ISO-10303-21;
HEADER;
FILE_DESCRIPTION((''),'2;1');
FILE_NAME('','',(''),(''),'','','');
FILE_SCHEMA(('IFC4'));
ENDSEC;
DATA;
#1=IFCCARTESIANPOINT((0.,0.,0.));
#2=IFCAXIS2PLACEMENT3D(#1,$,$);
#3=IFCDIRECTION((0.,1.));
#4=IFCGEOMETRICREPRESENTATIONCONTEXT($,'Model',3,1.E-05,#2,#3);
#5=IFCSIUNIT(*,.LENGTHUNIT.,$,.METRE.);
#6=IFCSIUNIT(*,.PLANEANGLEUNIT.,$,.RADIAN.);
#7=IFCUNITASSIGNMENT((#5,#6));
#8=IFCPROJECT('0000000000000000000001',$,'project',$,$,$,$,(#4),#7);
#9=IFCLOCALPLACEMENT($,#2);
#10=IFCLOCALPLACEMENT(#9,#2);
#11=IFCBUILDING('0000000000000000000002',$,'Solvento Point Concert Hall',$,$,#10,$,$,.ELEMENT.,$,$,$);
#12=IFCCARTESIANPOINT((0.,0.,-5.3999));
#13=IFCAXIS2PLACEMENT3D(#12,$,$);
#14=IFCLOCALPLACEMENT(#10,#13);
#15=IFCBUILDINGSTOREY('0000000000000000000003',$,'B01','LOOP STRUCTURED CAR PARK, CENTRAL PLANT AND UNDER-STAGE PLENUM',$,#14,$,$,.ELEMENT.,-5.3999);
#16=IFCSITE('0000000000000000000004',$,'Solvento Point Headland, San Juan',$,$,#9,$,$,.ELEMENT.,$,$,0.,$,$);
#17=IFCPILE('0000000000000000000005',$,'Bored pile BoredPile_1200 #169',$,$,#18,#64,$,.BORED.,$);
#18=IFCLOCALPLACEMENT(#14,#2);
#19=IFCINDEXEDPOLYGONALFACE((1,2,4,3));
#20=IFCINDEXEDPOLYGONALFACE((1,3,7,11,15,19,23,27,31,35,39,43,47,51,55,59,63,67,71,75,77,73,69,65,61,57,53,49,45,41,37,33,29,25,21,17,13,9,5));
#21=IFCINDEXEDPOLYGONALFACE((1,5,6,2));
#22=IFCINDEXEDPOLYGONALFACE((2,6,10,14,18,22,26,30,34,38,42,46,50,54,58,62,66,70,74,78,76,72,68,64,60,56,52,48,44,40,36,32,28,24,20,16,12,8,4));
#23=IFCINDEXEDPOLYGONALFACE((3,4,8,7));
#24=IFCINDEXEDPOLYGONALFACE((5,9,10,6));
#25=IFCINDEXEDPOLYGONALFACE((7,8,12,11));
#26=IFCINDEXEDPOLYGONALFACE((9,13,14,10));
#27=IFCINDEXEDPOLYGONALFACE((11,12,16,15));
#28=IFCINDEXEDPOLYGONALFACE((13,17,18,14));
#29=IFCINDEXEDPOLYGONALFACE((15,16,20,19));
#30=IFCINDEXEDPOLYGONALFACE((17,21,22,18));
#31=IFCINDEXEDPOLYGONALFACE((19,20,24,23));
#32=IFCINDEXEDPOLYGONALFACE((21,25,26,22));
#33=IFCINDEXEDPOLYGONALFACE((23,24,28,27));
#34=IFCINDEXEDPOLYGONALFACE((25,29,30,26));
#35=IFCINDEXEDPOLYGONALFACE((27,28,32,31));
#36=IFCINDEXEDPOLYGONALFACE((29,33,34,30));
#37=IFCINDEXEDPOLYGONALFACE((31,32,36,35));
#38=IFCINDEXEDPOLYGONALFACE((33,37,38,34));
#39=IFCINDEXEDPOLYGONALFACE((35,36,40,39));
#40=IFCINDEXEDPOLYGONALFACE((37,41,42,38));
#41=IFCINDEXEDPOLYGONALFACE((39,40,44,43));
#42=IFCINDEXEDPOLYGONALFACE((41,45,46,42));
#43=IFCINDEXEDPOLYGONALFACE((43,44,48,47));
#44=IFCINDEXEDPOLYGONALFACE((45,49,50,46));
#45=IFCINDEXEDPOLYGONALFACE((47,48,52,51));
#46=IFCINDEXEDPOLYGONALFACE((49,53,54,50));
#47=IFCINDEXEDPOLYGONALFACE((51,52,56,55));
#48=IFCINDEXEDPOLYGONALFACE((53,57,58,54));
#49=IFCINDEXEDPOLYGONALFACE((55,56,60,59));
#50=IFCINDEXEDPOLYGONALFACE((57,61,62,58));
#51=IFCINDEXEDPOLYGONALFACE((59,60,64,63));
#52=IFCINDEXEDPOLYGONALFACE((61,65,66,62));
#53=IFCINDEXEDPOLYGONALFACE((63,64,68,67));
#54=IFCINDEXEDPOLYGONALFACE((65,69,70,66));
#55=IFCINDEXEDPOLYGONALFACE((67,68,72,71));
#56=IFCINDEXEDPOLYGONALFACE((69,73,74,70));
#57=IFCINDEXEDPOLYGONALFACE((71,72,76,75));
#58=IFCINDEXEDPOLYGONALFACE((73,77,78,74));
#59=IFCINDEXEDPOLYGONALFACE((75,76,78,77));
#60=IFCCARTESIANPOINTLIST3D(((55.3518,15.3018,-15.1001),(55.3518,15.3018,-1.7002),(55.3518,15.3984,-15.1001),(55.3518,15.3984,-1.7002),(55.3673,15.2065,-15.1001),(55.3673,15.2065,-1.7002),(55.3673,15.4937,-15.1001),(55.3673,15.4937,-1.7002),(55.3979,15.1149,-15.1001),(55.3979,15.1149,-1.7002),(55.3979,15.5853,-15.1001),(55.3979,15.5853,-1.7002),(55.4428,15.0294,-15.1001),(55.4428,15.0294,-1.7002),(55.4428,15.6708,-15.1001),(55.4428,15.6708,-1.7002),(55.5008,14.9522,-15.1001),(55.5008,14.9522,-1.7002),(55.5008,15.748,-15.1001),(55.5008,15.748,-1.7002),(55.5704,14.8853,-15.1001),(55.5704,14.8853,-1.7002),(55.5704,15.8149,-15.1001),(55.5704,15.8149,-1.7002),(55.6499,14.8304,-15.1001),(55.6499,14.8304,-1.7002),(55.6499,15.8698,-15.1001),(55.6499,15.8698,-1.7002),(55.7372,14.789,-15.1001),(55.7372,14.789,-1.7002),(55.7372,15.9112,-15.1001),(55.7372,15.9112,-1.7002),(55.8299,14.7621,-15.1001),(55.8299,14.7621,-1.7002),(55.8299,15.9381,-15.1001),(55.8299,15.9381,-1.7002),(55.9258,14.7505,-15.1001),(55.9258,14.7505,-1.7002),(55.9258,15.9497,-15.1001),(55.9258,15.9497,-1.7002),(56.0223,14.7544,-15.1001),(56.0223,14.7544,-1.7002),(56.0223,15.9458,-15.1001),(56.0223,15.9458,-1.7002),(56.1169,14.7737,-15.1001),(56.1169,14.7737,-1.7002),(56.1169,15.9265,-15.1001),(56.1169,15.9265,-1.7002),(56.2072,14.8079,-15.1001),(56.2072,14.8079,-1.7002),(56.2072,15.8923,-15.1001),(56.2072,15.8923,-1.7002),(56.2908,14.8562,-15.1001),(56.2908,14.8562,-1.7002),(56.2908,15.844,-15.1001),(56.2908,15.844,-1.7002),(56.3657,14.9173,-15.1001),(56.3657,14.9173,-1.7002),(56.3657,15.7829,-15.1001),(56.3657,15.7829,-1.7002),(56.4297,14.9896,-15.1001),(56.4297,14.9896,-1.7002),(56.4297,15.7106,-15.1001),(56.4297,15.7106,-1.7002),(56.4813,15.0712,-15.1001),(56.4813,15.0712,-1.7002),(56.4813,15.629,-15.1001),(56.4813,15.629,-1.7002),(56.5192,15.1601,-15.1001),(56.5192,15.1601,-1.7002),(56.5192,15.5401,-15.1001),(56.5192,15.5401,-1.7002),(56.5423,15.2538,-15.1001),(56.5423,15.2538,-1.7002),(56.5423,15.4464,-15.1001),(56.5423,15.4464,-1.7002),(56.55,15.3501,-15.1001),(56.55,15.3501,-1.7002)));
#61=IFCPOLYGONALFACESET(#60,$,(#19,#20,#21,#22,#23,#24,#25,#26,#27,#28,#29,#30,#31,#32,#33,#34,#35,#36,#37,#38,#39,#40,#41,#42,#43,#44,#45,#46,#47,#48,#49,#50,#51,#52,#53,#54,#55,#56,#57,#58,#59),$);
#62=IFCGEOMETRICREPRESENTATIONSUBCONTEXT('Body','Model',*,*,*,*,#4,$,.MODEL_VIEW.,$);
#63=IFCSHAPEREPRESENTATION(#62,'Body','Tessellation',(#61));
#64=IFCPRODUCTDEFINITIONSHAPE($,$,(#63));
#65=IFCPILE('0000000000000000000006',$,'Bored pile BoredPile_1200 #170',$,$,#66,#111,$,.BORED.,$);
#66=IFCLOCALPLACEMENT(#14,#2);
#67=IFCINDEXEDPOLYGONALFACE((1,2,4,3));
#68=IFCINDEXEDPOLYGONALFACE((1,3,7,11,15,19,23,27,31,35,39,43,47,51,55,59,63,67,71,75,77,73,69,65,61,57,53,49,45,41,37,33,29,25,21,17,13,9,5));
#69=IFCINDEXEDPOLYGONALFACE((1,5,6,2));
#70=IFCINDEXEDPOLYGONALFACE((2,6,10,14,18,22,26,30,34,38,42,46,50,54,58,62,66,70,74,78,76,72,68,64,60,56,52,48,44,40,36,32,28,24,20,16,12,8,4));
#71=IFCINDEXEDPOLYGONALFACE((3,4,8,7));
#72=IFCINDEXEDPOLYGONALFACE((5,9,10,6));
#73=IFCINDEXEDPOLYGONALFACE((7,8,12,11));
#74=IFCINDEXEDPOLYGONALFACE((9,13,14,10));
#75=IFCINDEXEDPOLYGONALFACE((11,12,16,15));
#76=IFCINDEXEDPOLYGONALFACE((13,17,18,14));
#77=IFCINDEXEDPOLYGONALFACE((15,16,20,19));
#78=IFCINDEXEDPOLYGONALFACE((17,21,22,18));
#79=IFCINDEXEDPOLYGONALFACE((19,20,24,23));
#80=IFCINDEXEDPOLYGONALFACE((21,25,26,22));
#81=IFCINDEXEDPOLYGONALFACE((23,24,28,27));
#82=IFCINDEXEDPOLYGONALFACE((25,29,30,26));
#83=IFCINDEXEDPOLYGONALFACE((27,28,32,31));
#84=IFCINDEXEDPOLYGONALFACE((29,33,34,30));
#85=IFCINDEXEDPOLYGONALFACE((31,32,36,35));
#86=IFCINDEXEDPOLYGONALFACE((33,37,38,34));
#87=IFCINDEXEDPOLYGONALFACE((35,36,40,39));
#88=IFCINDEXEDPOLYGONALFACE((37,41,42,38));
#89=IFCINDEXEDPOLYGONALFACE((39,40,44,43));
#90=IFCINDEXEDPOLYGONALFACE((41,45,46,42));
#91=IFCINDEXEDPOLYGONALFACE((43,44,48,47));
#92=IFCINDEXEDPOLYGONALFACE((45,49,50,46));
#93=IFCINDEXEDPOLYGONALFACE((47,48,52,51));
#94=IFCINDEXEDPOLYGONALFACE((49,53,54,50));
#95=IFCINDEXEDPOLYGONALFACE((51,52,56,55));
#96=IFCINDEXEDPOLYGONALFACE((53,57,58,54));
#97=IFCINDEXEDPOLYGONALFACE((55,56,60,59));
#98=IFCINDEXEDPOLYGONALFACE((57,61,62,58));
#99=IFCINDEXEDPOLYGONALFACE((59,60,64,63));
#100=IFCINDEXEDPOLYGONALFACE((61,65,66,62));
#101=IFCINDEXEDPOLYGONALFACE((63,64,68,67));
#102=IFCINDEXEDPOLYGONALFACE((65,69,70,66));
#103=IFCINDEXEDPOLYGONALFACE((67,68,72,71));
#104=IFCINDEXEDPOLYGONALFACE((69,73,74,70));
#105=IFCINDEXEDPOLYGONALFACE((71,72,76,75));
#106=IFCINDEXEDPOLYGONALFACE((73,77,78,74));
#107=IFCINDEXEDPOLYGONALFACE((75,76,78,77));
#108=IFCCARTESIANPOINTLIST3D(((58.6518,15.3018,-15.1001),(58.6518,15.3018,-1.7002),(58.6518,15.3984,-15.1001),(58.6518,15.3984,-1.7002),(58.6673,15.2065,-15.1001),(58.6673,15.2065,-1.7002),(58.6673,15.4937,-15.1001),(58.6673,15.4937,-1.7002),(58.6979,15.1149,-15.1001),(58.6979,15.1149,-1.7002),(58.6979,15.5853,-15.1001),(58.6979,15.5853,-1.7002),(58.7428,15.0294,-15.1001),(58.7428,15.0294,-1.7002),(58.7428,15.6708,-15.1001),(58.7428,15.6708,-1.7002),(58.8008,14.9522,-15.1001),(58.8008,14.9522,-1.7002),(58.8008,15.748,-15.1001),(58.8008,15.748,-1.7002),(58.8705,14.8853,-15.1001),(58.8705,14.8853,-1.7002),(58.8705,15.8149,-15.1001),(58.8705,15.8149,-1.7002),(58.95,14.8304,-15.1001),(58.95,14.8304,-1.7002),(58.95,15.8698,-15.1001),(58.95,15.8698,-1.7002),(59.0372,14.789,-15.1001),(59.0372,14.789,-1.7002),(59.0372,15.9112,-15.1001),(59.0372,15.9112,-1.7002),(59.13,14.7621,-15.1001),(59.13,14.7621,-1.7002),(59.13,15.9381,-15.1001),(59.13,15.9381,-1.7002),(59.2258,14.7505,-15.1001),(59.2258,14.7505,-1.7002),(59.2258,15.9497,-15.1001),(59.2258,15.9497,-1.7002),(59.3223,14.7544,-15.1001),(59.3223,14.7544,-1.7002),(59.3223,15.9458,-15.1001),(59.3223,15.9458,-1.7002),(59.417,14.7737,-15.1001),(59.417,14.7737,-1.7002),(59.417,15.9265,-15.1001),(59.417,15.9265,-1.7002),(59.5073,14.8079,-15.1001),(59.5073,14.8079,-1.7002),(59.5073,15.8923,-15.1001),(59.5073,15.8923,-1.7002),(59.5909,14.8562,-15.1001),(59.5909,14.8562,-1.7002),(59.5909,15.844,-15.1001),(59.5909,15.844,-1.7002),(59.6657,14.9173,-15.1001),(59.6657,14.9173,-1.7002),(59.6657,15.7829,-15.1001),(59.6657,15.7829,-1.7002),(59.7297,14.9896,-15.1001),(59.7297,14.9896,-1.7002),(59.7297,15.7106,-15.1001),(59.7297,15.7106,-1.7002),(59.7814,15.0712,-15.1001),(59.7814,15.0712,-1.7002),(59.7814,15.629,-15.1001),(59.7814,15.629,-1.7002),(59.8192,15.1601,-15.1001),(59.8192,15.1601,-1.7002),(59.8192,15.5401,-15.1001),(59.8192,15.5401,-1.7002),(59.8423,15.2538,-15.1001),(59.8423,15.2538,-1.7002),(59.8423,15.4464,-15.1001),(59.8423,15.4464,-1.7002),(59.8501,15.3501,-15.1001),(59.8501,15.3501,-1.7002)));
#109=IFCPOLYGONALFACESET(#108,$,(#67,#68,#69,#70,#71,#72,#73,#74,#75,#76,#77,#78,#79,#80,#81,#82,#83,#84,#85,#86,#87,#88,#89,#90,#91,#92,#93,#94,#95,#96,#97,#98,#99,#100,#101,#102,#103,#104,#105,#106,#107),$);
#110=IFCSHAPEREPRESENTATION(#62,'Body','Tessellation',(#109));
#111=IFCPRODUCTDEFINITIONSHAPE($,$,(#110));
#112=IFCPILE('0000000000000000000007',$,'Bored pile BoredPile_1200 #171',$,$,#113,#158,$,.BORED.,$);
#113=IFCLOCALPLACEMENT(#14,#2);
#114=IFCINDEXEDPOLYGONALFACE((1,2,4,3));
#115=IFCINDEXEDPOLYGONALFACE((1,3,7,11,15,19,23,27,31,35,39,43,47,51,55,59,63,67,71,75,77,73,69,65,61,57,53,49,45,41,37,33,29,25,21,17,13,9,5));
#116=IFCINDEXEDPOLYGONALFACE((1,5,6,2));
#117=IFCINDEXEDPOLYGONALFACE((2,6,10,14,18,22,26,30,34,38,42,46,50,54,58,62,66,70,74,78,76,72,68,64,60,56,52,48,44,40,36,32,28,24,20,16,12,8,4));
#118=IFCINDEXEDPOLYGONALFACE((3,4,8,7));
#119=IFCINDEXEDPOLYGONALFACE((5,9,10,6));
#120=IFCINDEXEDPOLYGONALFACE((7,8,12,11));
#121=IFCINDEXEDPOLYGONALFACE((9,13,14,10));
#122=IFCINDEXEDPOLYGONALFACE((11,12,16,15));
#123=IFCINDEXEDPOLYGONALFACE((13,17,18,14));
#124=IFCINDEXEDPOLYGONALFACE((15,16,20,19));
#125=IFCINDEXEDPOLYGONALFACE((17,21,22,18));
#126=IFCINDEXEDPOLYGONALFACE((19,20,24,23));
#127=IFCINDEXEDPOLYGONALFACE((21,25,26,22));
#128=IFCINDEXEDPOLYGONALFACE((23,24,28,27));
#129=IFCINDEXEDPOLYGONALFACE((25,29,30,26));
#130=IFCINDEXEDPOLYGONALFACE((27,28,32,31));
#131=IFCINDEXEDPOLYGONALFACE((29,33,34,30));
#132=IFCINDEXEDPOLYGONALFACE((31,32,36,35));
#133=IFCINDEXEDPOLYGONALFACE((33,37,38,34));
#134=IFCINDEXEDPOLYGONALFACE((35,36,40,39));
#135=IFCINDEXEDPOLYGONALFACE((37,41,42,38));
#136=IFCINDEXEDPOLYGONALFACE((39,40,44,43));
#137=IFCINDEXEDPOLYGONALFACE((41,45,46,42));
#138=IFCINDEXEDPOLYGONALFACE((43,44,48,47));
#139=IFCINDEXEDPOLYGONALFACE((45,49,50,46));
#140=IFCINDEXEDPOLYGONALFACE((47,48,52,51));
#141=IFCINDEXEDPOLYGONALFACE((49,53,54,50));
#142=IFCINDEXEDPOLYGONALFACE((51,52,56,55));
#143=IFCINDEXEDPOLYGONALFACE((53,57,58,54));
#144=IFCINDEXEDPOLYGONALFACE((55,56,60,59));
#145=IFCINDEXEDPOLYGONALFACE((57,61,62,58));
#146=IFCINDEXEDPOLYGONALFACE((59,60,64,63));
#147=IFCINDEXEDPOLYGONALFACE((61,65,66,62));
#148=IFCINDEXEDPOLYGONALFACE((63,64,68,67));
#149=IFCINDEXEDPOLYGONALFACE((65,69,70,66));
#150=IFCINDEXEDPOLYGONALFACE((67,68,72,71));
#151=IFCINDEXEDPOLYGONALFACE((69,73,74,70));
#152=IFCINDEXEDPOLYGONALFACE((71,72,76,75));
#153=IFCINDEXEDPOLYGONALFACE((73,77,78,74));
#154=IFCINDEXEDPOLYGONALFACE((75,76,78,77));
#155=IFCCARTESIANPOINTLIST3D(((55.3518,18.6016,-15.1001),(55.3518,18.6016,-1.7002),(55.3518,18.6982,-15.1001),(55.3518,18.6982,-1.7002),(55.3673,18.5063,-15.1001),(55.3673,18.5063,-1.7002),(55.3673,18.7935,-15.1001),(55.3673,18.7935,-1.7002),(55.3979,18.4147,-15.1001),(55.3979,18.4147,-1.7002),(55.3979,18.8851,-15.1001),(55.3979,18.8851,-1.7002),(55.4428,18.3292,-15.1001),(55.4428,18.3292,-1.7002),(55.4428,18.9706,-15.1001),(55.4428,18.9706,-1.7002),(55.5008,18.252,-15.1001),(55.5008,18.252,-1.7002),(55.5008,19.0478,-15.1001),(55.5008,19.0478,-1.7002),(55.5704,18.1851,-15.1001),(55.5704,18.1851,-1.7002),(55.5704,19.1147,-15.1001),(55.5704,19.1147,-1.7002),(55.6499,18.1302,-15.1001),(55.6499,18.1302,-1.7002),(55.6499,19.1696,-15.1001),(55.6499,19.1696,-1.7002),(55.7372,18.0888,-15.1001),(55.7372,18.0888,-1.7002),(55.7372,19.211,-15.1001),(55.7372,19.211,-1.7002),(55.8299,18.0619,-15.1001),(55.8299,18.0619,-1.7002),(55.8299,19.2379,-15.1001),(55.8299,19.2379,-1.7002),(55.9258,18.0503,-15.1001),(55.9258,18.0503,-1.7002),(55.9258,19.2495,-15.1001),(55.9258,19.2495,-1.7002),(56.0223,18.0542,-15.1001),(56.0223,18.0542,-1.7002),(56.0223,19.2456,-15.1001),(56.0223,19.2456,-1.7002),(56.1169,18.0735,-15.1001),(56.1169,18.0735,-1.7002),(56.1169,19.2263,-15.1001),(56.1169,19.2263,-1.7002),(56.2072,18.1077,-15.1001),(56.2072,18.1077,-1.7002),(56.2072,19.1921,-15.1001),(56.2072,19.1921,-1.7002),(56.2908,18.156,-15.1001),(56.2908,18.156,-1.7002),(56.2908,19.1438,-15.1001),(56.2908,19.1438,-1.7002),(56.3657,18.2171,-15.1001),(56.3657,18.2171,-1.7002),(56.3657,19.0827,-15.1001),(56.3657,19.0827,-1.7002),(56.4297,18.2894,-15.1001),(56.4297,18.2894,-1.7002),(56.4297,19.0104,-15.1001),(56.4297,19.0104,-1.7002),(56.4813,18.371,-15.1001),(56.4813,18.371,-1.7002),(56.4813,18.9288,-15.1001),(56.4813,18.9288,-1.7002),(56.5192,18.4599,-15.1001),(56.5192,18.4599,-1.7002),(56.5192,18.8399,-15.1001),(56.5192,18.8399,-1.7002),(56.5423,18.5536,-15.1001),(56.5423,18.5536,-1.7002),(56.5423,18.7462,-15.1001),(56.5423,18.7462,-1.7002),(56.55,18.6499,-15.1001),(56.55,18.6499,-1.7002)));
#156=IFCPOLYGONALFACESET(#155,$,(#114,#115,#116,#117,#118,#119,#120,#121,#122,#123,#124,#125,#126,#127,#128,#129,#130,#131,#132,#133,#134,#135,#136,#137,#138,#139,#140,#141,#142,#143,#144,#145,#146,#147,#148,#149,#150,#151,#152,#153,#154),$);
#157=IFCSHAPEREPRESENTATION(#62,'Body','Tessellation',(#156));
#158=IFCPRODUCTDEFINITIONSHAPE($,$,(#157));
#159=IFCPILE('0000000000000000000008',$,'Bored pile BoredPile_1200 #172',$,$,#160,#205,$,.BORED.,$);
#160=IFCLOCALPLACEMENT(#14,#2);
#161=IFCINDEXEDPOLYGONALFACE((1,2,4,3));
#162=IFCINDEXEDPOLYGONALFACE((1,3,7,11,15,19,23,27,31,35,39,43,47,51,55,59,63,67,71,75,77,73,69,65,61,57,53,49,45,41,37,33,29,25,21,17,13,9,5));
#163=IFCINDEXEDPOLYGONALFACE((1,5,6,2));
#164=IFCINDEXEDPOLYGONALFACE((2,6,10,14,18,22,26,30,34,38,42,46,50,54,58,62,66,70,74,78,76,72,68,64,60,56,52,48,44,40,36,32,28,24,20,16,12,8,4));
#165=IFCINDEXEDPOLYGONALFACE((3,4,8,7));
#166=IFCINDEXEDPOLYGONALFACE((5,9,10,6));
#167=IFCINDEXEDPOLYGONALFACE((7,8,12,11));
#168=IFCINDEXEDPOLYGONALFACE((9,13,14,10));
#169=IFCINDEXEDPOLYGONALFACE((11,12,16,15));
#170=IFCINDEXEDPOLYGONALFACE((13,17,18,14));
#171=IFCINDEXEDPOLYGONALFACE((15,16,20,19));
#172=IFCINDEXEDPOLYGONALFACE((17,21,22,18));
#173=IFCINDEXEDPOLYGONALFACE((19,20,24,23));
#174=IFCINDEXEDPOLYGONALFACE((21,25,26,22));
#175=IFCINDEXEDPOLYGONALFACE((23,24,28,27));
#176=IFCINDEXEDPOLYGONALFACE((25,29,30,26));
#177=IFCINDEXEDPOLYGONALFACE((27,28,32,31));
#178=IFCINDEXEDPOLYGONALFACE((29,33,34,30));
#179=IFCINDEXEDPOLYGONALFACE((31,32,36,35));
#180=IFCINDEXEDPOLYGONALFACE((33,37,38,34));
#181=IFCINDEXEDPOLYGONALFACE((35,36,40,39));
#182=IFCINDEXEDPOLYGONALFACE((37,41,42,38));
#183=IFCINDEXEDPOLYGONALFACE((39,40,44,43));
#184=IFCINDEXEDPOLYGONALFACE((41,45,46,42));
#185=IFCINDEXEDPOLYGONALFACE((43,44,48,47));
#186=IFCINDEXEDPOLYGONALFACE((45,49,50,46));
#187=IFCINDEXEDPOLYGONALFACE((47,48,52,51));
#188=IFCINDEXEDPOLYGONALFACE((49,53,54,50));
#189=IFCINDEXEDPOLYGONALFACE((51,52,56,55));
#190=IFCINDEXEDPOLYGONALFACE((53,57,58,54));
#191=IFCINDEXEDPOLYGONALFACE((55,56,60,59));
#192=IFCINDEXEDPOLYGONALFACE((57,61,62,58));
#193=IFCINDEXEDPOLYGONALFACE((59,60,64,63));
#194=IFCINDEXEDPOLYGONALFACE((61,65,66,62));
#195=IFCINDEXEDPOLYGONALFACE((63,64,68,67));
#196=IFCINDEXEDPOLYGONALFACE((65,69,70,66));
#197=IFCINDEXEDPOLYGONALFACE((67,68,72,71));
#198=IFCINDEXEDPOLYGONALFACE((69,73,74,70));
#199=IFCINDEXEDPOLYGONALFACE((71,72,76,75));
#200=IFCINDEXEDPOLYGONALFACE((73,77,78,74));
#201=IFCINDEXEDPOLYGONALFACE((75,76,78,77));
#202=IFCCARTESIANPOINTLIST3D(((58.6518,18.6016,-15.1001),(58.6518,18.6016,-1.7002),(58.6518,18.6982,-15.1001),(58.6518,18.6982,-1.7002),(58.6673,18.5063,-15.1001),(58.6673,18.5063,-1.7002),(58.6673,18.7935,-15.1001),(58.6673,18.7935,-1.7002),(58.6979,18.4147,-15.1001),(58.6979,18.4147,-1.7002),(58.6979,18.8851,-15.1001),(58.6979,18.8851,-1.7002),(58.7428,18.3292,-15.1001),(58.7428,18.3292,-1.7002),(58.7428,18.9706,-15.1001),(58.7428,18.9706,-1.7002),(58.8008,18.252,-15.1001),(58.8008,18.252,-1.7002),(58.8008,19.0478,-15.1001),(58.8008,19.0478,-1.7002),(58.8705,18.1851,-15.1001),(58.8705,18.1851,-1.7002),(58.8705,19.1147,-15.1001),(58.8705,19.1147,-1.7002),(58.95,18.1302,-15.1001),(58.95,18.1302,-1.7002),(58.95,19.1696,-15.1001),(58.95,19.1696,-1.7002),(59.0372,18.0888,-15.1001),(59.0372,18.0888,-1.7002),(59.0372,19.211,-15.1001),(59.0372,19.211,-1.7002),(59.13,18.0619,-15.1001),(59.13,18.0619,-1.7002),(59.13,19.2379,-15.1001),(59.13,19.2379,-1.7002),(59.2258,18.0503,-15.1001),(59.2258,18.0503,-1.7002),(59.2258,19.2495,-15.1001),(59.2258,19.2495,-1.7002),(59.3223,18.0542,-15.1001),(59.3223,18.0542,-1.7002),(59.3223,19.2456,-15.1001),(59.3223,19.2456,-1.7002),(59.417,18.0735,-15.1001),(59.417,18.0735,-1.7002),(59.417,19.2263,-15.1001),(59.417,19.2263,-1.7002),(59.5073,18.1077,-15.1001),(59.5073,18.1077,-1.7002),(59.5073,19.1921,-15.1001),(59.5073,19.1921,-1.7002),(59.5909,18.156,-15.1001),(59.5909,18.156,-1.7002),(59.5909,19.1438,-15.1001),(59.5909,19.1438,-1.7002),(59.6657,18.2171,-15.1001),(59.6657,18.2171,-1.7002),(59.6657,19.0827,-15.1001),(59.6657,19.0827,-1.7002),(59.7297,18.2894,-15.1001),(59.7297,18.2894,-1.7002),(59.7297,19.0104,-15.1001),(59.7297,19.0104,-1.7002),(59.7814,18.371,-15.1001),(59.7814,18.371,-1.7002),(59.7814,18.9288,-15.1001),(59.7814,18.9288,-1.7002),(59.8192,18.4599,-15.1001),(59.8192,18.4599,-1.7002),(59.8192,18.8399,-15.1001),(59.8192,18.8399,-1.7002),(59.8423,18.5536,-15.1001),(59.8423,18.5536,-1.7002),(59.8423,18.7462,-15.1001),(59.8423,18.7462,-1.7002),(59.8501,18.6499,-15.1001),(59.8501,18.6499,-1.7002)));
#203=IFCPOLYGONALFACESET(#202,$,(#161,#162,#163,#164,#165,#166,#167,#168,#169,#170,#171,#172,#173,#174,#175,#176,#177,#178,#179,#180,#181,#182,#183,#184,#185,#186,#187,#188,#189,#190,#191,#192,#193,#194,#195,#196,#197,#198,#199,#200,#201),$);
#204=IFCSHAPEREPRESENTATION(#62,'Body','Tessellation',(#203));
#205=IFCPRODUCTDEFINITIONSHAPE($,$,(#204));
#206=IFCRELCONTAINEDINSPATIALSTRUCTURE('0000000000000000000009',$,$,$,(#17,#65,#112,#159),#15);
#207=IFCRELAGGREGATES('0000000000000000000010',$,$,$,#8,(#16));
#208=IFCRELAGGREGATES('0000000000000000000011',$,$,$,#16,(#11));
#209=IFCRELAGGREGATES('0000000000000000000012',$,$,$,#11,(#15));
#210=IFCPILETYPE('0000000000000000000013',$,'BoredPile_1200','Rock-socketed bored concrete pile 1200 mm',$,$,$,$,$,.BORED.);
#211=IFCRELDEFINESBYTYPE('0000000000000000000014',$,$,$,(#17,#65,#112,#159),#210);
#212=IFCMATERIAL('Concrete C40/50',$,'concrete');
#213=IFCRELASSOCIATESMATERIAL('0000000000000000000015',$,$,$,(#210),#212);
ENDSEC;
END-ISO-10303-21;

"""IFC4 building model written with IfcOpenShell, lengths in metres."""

from ifc_helpers import new_model, si_unit, direction, frame, origin, origin_2d, place, context, subcontext, project, spatial, circle, extrude, material, material_profile, profile_set, type_object, element, save


model = new_model("IFC4")

# Units and contexts
model_context = context("Model", 3, precision=1e-05, world=origin(), true_north=direction((0.0, 1.0)))
body_context = subcontext(model_context, "Body", "Model", "MODEL_VIEW")
ifc_project = project(units=[si_unit("LENGTHUNIT", "METRE"), si_unit("PLANEANGLEUNIT", "RADIAN")], contexts=[model_context])

# Site, building, storey
site_placement = place(None, origin())
site = spatial("IfcSite", under=ifc_project, at=site_placement, Name="Solvento Point Headland, San Juan", CompositionType="ELEMENT", RefElevation=0.0)
building_placement = place(site_placement, origin())
building = spatial("IfcBuilding", under=site, at=building_placement, Name="Solvento Point Concert Hall", CompositionType="ELEMENT")
storey_placement = place(building_placement, frame((0.0, 0.0, -5.3999)))
storey = spatial("IfcBuildingStorey", under=building, at=storey_placement, Name="B01", Description="LOOP STRUCTURED CAR PARK, CENTRAL PLANT AND UNDER-STAGE PLENUM", CompositionType="ELEMENT", Elevation=-5.3999)

# Piles
ifc_material_1 = material(Name="Concrete C40/50", Category="concrete")
ifc_material_profile_1 = material_profile(ifc_material_1, circle(Radius=0.6001, at=origin_2d()), Name="BP-1200")
ifc_profile_set_1 = profile_set([ifc_material_profile_1], Name="Concrete C40/50")
pile_type_1 = type_object("IfcPileType", Name="BoredPile_1200", Description="Rock-socketed bored concrete pile 1200 mm", PredefinedType="BORED", material=ifc_profile_set_1)
for number, where, z_axis, x_axis, name in (
    (1, (55.95, 15.3501, -1.7002), (0.0, 0.0, -1.0), (1.0, 0.0, 0.0), "Bored pile BoredPile_1200 #169"),
    (2, (59.25, 15.3501, -1.7002), (0.0, 0.0, -1.0), (1.0, 0.0, 0.0), "Bored pile BoredPile_1200 #170"),
    (3, (55.95, 18.6499, -1.7002), (0.0, 0.0, -1.0), (1.0, 0.0, 0.0), "Bored pile BoredPile_1200 #171"),
    (4, (59.25, 18.6499, -1.7002), (0.0, 0.0, -1.0), (1.0, 0.0, 0.0), "Bored pile BoredPile_1200 #172"),
):
    element("IfcPile", number, at=place(storey_placement, frame(where, z_axis=z_axis, x_axis=x_axis)), inside=storey, type_object=pile_type_1, Name=name, PredefinedType="BORED", context=body_context, shape_type="SweptSolid", body=[
        extrude(circle(Radius=0.6001, at=origin_2d()), origin(), (0.0, 0.0, 1.0), 13.3999),
    ])

save(model, "model.ifc")
